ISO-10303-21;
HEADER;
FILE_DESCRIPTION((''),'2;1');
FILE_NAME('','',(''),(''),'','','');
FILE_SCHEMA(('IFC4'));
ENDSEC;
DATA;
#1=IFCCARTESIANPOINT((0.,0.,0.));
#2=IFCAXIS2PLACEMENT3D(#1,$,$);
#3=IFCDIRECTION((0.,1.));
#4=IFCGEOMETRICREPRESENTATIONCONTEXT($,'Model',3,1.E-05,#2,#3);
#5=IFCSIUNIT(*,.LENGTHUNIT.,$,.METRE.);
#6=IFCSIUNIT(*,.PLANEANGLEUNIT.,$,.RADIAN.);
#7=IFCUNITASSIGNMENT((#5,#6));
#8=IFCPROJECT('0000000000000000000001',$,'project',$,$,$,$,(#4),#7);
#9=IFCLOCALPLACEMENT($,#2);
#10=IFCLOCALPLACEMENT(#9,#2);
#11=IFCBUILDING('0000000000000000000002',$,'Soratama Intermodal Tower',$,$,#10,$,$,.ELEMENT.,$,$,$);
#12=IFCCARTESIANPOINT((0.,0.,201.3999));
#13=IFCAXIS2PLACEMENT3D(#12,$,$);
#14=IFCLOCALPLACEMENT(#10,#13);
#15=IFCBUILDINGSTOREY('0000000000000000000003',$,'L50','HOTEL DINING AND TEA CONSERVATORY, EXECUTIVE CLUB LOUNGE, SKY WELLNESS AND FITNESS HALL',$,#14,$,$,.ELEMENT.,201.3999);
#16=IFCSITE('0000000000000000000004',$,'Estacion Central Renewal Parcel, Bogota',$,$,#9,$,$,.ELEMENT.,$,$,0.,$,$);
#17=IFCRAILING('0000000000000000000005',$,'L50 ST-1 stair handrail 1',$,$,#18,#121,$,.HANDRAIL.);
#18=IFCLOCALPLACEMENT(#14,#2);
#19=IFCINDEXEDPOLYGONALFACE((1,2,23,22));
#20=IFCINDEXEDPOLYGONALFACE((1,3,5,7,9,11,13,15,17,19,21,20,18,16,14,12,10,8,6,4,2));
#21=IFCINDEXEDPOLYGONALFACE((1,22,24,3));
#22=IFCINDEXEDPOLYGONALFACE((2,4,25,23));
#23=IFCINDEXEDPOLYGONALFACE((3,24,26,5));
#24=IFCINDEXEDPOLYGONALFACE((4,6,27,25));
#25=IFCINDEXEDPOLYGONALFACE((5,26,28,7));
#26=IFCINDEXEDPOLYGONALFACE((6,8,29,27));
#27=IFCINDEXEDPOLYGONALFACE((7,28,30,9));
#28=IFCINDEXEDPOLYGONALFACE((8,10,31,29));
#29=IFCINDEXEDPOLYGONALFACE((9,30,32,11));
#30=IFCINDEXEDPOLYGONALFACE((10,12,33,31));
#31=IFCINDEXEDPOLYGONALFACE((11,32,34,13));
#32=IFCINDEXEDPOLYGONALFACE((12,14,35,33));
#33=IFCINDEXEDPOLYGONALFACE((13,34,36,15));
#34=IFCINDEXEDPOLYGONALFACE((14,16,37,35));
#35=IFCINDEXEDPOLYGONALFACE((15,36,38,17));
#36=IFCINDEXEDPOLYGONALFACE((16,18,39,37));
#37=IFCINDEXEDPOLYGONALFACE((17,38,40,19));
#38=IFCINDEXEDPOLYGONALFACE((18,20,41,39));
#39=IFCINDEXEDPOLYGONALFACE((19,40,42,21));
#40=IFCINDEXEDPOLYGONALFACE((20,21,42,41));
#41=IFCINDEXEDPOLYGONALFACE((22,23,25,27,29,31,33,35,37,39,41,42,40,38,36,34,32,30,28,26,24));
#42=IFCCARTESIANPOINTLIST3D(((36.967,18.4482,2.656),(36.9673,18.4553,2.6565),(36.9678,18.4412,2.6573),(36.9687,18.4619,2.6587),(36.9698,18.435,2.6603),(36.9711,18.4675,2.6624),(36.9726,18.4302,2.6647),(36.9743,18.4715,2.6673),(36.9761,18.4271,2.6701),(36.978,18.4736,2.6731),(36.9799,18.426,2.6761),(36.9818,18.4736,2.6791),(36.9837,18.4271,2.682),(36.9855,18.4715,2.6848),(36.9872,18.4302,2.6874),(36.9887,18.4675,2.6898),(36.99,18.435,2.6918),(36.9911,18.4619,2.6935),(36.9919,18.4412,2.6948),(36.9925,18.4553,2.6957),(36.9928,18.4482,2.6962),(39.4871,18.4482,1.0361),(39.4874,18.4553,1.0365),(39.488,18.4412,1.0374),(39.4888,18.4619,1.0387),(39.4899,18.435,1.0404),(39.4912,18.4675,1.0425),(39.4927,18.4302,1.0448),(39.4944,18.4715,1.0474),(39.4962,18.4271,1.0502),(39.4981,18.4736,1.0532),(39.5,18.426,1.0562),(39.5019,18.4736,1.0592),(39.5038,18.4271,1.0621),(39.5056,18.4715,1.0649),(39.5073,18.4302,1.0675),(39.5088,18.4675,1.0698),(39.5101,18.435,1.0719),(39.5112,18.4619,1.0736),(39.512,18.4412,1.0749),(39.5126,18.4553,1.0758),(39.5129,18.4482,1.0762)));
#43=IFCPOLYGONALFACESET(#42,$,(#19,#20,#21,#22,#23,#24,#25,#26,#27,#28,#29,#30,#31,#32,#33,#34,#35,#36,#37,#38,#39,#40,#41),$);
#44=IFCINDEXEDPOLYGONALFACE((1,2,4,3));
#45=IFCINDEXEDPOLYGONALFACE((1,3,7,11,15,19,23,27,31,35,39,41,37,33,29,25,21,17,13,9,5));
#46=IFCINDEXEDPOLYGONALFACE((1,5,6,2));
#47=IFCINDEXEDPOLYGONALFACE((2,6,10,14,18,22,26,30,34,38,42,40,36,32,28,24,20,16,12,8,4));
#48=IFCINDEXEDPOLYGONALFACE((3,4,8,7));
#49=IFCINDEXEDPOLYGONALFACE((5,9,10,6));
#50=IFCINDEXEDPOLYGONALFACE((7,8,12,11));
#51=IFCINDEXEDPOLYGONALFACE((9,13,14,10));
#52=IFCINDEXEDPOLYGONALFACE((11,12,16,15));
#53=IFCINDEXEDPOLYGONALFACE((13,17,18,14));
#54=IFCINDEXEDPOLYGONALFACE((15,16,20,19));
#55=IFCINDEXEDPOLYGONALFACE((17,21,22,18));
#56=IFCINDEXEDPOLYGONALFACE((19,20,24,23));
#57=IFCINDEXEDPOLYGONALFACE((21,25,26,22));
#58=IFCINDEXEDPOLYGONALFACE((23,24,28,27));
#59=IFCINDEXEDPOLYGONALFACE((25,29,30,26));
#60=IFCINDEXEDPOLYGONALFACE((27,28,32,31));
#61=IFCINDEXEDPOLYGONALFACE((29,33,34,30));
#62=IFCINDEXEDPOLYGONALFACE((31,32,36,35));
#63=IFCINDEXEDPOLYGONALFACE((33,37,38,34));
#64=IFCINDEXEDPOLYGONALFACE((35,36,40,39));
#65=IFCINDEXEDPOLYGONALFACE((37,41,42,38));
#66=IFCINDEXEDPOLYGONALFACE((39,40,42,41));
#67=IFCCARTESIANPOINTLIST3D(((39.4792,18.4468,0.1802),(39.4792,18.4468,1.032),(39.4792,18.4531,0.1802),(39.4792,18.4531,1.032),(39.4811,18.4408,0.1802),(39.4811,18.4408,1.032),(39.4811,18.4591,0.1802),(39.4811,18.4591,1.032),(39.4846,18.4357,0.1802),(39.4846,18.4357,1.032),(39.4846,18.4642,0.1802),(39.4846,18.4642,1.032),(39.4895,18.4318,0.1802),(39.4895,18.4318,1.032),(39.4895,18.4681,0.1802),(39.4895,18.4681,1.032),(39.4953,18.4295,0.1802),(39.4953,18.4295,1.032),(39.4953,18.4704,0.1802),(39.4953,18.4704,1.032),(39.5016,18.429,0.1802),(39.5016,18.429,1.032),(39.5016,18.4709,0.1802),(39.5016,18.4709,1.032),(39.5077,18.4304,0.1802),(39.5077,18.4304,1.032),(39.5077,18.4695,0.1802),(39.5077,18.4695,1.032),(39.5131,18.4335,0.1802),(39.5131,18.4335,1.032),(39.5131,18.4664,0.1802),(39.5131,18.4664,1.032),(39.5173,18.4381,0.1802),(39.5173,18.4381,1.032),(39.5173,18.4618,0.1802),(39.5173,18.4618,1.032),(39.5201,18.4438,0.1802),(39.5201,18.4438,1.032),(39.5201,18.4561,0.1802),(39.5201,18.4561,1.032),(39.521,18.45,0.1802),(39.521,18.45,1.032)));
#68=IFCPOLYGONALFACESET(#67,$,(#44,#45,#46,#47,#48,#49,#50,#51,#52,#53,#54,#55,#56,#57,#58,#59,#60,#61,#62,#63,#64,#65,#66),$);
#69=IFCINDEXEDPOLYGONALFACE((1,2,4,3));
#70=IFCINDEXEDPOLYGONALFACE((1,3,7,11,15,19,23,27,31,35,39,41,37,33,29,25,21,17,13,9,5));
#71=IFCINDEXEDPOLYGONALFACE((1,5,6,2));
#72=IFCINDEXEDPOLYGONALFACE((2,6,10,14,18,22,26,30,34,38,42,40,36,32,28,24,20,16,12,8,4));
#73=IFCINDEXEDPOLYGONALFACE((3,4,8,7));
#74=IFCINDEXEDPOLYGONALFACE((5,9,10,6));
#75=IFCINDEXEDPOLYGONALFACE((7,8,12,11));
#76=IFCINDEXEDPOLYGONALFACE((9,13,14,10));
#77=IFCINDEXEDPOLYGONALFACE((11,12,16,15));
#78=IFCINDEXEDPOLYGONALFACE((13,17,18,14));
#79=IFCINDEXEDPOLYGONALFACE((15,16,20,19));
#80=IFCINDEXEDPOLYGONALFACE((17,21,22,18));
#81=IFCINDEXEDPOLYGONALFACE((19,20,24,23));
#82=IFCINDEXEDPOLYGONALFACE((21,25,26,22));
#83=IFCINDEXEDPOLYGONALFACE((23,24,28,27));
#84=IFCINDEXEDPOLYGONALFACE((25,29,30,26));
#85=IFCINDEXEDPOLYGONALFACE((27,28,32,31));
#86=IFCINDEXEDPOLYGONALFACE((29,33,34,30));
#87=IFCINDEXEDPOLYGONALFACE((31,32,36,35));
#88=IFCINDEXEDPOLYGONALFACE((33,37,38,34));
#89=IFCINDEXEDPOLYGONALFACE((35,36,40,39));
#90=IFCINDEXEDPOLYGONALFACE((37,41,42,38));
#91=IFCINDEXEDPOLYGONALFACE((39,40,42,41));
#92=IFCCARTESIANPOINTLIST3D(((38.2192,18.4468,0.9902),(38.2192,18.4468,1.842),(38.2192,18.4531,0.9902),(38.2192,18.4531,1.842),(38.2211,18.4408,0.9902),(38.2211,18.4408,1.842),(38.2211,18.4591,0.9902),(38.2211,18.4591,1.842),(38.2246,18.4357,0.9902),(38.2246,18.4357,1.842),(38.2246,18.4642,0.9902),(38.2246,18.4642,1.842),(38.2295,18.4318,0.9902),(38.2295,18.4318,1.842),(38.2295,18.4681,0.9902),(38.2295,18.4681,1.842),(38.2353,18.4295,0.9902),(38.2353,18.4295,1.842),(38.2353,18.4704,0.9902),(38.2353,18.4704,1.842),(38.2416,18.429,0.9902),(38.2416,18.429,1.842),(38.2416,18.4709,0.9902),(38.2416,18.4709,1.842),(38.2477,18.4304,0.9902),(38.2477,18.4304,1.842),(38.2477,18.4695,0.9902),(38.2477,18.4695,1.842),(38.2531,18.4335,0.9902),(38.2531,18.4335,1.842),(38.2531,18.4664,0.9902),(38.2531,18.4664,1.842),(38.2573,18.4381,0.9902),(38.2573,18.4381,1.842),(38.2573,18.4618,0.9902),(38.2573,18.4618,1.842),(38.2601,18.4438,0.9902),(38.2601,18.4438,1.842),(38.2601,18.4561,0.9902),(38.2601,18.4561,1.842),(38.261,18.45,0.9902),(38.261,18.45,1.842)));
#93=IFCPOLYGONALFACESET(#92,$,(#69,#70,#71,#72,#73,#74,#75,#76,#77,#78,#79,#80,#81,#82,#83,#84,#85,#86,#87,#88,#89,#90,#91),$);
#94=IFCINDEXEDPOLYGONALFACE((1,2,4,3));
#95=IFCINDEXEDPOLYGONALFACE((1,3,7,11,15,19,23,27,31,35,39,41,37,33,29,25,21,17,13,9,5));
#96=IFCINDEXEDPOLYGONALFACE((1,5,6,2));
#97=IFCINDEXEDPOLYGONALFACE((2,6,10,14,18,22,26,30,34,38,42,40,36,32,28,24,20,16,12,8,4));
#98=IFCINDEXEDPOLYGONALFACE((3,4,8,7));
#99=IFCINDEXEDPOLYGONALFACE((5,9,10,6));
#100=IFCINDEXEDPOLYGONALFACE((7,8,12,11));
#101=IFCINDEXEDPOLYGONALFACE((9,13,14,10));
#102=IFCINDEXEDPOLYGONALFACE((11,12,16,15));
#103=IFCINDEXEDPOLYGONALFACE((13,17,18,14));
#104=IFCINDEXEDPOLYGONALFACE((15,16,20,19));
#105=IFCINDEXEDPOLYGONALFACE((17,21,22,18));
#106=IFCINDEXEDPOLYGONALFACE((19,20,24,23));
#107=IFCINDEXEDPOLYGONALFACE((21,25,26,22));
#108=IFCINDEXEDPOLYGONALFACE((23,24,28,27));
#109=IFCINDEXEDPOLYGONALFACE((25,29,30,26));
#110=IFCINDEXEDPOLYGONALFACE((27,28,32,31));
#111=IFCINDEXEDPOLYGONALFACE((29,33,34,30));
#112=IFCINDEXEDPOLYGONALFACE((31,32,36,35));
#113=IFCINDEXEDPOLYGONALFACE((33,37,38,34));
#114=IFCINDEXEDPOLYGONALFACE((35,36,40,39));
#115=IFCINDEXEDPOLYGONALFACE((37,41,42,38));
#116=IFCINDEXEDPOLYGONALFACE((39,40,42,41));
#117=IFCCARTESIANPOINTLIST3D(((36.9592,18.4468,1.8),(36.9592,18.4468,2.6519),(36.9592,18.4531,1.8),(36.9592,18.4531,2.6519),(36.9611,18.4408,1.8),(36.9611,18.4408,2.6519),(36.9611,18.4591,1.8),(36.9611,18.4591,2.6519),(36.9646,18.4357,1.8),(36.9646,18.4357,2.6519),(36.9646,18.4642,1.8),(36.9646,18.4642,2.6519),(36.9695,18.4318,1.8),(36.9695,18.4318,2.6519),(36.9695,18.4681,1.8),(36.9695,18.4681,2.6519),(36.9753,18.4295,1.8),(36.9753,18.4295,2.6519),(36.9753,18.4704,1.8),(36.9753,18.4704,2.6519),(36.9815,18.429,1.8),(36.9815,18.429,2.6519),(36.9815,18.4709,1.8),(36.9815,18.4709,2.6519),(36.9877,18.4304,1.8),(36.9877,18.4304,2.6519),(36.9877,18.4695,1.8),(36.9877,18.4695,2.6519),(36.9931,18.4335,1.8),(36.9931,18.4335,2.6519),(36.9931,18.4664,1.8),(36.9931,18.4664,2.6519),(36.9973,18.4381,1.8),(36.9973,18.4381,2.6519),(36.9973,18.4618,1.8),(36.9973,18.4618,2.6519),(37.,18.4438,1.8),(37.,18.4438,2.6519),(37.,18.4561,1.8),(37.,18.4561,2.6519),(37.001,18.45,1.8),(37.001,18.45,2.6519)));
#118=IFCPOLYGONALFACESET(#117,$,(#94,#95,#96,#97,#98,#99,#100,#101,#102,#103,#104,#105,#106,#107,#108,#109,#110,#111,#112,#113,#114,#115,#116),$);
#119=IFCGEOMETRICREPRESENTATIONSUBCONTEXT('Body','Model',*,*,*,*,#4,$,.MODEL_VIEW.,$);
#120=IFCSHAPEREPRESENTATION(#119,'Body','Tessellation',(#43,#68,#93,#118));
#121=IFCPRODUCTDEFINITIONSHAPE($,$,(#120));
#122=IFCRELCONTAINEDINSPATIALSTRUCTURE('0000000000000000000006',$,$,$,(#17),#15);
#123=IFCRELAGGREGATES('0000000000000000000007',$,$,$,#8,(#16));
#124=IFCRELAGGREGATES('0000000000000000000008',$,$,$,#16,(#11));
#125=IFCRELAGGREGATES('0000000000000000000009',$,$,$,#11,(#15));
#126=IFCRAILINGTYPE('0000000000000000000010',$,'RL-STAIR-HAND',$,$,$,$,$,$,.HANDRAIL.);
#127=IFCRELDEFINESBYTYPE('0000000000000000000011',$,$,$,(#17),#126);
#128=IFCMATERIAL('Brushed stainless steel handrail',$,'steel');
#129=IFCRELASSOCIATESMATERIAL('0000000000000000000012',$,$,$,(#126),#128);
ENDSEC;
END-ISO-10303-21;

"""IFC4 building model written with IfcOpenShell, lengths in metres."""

from ifc_helpers import new_model, si_unit, direction, frame, origin, origin_2d, place, context, subcontext, project, spatial, circle, extrude, material, type_object, element, save


model = new_model("IFC4")

# Units and contexts
model_context = context("Model", 3, precision=1e-05, world=origin(), true_north=direction((0.0, 1.0)))
body_context = subcontext(model_context, "Body", "Model", "MODEL_VIEW")
ifc_project = project(units=[si_unit("LENGTHUNIT", "METRE"), si_unit("PLANEANGLEUNIT", "RADIAN")], contexts=[model_context])

# Site, building, storey
site_placement = place(None, origin())
site = spatial("IfcSite", under=ifc_project, at=site_placement, Name="Estacion Central Renewal Parcel, Bogota", CompositionType="ELEMENT", RefElevation=0.0)
building_placement = place(site_placement, origin())
building = spatial("IfcBuilding", under=site, at=building_placement, Name="Soratama Intermodal Tower", CompositionType="ELEMENT")
storey_placement = place(building_placement, frame((0.0, 0.0, 201.3999)))
storey = spatial("IfcBuildingStorey", under=building, at=storey_placement, Name="L50", Description="HOTEL DINING AND TEA CONSERVATORY, EXECUTIVE CLUB LOUNGE, SKY WELLNESS AND FITNESS HALL", CompositionType="ELEMENT", Elevation=201.3999)

# Railing
ifc_material_1 = material(Name="Brushed stainless steel handrail", Category="steel")
railing_type_1 = type_object("IfcRailingType", Name="RL-STAIR-HAND", PredefinedType="HANDRAIL", material=ifc_material_1)
railing_1_placement = place(storey_placement, frame((39.5, 18.45, 0.1802)))
element("IfcRailing", 1, at=railing_1_placement, inside=storey, type_object=railing_type_1, Name="L50 ST-1 stair handrail 1", PredefinedType="HANDRAIL", context=body_context, shape_type="SweptSolid", body=[
    extrude(circle(Radius=0.0239, at=origin_2d()), frame((0.0, 0.0, 0.876), z_axis=(-0.8412, 0.0, 0.540725), x_axis=(0.0, -1.0, 0.0)), (0.0, 0.0, 1.0), 2.9958),
    extrude(circle(Radius=0.021, at=origin_2d()), origin(), (0.0, 0.0, 1.0), 0.8518),
    extrude(circle(Radius=0.021, at=origin_2d()), frame((-1.26, 0.0, 0.8101)), (0.0, 0.0, 1.0), 0.8518),
    extrude(circle(Radius=0.021, at=origin_2d()), frame((-2.52, 0.0, 1.6199)), (0.0, 0.0, 1.0), 0.8518),
])

save(model, "model.ifc")
